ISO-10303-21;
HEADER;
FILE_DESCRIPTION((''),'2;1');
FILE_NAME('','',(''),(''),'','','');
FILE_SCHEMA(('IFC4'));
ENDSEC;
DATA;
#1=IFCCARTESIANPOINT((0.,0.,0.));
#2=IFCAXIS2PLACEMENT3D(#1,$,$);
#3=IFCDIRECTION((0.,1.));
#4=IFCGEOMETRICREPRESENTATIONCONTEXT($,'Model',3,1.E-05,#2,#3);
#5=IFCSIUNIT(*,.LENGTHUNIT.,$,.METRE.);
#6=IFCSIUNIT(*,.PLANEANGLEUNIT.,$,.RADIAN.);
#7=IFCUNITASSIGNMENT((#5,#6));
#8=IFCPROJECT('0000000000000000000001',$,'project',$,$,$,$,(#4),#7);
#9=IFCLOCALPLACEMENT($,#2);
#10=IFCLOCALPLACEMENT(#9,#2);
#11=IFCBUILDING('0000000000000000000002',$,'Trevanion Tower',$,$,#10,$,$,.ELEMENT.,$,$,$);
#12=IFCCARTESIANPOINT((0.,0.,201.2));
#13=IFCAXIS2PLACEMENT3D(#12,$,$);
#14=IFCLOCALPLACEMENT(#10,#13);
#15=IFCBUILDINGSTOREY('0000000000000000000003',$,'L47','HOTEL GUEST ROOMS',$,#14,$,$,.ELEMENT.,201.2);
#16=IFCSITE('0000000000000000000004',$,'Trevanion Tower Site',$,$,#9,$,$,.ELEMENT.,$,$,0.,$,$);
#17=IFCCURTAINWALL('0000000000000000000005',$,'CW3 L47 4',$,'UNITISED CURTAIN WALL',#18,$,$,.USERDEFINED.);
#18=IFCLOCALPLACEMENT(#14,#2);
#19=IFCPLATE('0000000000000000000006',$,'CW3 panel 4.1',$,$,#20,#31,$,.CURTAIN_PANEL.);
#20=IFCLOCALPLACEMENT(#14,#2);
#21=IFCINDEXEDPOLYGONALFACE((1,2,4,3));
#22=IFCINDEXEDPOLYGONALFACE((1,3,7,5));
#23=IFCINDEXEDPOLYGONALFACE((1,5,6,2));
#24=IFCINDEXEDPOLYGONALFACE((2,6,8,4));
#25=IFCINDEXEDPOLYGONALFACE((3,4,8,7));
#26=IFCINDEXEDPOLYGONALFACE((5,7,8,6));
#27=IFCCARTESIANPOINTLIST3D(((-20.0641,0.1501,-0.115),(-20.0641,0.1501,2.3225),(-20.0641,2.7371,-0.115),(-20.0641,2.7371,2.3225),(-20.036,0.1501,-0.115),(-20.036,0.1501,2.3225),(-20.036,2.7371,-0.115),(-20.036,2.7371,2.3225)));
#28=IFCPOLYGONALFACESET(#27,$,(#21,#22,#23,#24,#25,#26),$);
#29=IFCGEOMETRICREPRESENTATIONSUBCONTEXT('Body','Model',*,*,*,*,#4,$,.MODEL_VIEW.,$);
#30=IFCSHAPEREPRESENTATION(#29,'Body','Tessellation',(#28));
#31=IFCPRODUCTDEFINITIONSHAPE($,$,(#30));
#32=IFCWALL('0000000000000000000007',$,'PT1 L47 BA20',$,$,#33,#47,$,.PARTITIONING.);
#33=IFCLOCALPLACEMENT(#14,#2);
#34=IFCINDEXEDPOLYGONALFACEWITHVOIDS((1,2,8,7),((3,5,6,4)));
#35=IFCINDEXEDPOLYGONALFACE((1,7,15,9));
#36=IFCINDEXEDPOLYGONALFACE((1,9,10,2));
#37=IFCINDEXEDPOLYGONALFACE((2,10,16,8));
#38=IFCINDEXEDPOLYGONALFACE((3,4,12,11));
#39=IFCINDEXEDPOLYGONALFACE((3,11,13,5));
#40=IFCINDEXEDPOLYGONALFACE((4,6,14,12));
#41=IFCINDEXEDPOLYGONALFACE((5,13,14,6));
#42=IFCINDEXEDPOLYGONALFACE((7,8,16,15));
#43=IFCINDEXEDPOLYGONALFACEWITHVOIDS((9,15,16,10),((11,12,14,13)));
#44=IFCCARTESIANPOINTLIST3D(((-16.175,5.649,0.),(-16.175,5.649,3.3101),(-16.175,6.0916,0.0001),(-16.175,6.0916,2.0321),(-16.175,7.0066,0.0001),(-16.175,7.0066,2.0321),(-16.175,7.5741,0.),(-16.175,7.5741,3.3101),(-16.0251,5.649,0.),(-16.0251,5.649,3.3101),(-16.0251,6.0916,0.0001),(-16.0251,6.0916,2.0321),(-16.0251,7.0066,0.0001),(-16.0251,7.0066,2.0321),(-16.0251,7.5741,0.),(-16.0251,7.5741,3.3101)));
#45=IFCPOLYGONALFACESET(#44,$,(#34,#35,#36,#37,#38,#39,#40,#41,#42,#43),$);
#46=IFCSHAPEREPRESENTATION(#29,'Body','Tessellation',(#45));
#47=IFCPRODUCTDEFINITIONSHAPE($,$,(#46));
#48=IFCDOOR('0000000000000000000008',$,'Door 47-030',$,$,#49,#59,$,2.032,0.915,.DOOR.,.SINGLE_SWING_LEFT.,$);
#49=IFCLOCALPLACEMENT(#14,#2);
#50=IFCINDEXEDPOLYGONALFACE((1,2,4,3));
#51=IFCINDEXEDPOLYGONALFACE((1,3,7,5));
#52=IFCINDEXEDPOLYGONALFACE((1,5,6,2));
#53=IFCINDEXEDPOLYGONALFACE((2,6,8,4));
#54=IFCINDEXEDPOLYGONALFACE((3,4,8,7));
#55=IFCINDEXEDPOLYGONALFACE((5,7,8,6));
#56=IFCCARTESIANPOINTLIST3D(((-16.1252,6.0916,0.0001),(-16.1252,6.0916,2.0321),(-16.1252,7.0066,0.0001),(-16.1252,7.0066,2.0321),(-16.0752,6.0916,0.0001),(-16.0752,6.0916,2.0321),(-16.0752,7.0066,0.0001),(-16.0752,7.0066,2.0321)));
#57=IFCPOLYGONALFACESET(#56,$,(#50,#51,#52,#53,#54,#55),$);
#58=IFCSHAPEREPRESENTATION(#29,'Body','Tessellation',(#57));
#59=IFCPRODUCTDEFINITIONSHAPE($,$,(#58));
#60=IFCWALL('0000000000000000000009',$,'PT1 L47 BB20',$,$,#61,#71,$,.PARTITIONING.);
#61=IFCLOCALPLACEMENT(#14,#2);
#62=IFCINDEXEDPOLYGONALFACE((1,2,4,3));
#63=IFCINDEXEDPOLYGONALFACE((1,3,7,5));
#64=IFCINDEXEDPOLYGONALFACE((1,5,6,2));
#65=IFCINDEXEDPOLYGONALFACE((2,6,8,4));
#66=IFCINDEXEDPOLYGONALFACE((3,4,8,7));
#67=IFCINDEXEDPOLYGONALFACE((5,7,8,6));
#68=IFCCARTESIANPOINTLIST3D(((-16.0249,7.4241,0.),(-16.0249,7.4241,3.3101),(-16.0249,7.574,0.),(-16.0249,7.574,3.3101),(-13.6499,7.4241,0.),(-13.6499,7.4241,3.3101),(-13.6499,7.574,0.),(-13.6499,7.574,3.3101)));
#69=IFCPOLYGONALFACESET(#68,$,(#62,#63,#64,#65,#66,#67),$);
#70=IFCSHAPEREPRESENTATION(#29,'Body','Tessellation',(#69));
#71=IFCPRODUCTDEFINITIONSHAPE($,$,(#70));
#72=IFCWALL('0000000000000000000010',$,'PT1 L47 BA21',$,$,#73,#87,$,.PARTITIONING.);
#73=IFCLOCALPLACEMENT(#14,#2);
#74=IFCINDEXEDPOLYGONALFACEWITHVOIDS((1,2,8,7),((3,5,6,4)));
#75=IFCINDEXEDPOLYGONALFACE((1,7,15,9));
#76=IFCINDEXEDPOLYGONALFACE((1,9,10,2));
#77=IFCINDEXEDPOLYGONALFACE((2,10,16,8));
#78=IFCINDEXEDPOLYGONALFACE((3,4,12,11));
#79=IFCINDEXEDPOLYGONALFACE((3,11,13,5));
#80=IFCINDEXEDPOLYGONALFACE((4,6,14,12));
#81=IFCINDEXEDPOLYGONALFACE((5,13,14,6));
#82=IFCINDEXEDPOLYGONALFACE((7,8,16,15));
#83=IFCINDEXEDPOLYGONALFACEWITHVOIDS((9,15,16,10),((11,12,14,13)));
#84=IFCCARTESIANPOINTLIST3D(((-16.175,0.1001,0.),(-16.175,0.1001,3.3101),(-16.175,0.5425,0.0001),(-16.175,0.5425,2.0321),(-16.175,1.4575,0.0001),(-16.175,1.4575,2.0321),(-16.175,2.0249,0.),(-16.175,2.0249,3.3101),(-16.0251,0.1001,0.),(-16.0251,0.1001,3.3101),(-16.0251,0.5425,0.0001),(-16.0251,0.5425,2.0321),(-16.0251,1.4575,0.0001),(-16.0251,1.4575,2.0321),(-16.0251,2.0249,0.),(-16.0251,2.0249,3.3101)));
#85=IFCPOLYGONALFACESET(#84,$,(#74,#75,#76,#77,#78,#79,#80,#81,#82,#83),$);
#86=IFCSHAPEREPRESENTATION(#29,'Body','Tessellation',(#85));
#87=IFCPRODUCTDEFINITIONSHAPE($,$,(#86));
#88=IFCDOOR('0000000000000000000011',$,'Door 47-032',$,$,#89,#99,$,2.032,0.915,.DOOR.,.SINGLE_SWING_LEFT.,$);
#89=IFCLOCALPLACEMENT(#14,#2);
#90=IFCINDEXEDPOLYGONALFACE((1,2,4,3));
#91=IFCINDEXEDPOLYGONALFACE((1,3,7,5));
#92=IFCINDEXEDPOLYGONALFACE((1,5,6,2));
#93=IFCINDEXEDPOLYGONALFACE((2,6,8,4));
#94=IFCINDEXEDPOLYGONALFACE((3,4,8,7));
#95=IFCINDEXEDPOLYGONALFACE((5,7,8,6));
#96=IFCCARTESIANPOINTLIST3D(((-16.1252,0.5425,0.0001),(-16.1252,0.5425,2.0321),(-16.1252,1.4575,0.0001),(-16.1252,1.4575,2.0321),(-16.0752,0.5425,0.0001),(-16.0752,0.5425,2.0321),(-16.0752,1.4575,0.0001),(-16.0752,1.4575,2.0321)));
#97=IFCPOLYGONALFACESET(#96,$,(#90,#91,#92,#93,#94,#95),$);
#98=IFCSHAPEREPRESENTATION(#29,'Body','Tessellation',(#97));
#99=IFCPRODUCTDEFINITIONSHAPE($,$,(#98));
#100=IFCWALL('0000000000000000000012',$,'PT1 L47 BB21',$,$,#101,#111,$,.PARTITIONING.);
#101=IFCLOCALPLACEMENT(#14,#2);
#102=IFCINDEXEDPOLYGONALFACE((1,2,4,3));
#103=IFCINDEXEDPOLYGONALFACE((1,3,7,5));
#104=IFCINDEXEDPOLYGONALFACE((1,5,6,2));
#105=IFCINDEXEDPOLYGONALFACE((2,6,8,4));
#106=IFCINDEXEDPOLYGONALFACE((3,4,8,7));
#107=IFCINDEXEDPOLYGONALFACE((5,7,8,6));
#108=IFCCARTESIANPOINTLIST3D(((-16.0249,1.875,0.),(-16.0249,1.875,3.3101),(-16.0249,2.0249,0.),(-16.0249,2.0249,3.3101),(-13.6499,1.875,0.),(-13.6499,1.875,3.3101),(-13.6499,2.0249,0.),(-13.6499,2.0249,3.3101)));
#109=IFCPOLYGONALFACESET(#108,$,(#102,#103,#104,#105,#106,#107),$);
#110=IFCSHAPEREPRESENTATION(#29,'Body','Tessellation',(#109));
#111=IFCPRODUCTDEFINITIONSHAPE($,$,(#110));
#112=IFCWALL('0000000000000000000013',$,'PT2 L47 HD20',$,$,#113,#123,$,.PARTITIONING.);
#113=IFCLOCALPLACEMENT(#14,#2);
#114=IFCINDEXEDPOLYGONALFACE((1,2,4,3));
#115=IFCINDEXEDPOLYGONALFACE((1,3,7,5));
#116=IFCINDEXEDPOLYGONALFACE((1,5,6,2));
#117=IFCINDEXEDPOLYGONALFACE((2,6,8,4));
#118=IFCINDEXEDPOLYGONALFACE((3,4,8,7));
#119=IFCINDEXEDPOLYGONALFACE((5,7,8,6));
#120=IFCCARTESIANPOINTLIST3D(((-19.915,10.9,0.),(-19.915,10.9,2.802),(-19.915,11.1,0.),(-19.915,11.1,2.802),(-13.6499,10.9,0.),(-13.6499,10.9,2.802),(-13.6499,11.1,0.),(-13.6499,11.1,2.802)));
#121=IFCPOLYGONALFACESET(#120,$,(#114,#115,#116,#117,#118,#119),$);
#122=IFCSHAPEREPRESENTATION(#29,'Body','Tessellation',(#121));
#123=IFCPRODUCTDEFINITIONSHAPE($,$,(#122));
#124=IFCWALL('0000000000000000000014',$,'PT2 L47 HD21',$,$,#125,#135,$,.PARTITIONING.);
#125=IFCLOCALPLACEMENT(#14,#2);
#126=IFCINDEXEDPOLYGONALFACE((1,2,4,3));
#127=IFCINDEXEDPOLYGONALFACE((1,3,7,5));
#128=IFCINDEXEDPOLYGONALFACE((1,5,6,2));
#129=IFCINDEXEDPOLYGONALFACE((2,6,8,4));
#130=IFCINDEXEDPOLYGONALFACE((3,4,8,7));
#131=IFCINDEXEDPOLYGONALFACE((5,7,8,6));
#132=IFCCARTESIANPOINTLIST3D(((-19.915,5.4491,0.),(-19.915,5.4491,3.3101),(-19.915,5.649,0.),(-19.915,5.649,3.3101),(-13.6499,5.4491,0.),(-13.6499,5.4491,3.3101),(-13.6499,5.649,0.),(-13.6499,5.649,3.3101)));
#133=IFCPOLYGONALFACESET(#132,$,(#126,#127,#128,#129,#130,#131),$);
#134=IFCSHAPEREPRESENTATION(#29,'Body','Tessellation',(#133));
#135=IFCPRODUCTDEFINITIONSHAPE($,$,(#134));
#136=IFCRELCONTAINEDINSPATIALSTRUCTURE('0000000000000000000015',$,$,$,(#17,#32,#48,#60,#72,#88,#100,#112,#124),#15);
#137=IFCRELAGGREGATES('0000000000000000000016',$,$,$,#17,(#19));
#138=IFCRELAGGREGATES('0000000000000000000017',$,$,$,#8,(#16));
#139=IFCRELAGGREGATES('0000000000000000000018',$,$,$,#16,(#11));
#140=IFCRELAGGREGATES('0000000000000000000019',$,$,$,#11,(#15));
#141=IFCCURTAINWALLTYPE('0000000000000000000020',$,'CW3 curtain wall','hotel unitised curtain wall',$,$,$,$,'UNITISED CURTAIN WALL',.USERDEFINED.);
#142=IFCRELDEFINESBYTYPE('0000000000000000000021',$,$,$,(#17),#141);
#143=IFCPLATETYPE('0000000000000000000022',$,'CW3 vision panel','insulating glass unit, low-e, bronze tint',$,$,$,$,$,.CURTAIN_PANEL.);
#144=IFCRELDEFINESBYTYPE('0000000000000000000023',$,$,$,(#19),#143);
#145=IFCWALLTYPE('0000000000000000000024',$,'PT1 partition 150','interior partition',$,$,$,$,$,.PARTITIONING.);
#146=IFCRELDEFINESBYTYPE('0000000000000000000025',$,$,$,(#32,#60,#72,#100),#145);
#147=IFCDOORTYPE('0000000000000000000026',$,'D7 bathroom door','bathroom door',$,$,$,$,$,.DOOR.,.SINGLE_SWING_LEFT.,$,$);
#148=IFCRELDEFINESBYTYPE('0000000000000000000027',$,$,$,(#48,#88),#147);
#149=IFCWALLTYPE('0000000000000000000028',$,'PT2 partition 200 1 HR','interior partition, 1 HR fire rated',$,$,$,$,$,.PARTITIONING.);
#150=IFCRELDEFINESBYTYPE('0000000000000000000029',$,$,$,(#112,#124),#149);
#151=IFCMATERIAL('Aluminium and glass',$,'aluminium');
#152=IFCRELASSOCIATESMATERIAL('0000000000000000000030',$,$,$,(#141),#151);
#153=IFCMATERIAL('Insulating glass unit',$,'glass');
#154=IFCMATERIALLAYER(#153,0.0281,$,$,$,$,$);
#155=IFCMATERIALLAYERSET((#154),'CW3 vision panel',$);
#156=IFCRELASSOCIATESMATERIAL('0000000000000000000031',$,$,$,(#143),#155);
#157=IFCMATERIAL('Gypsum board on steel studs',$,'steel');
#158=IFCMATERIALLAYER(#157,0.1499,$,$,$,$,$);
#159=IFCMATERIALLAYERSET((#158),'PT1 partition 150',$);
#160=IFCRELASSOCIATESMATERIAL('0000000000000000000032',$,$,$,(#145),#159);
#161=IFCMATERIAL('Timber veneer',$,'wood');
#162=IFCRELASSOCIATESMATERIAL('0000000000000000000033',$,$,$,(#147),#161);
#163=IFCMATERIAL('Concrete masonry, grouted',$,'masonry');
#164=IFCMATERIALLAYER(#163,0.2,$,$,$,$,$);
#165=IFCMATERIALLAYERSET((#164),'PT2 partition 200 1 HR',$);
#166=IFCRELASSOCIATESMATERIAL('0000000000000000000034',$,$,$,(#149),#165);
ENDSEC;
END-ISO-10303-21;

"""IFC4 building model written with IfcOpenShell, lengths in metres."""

from ifc_helpers import new_model, si_unit, direction, frame, frame_2d, origin, origin_2d, place, context, subcontext, project, spatial, rectangle, extrude, material, layer, layer_set, type_object, element, fill, aggregate, save


model = new_model("IFC4")

# Units and contexts
model_context = context("Model", 3, precision=1e-05, world=origin(), true_north=direction((0.0, 1.0)))
body_context = subcontext(model_context, "Body", "Model", "MODEL_VIEW")
ifc_project = project(units=[si_unit("LENGTHUNIT", "METRE"), si_unit("PLANEANGLEUNIT", "RADIAN")], contexts=[model_context])

# Site, building, storey
site_placement = place(None, origin())
site = spatial("IfcSite", under=ifc_project, at=site_placement, Name="Trevanion Tower Site", CompositionType="ELEMENT", RefElevation=0.0)
building_placement = place(site_placement, origin())
building = spatial("IfcBuilding", under=site, at=building_placement, Name="Trevanion Tower", CompositionType="ELEMENT")
storey_placement = place(building_placement, frame((0.0, 0.0, 201.2)))
storey = spatial("IfcBuildingStorey", under=building, at=storey_placement, Name="L47", Description="HOTEL GUEST ROOMS", CompositionType="ELEMENT", Elevation=201.2)

# Curtain wall
ifc_material_1 = material(Name="Aluminium and glass", Category="aluminium")
curtain_wall_type = type_object("IfcCurtainWallType", Name="CW3 curtain wall", Description="hotel unitised curtain wall", ElementType="UNITISED CURTAIN WALL", PredefinedType="USERDEFINED", material=ifc_material_1)
curtain_wall_placement = place(storey_placement, origin())
curtain_wall = element("IfcCurtainWall", 1, at=curtain_wall_placement, inside=storey, type_object=curtain_wall_type, Name="CW3 L47 4", ObjectType="UNITISED CURTAIN WALL", PredefinedType="USERDEFINED")

# Plate
ifc_material_2 = material(Name="Insulating glass unit", Category="glass")
ifc_layer_1 = layer(ifc_material_2, 0.0281)
ifc_layer_set_1 = layer_set([ifc_layer_1], Name="CW3 vision panel")
plate_type_1 = type_object("IfcPlateType", Name="CW3 vision panel", Description="insulating glass unit, low-e, bronze tint", PredefinedType="CURTAIN_PANEL", material=ifc_layer_set_1)
plate_1_placement = place(storey_placement, frame((-20.05, 1.4436, -0.115), z_axis=(0.0, 0.0, 1.0), x_axis=(0.0, -1.0, 0.0)))
plate_1 = element("IfcPlate", 2, at=plate_1_placement, type_object=plate_type_1, Name="CW3 panel 4.1", PredefinedType="CURTAIN_PANEL", context=body_context, shape_type="SweptSolid", body=[
    extrude(rectangle(XDim=2.5869, YDim=0.0281, at=origin_2d()), origin(), (0.0, 0.0, 1.0), 2.4375),
])
aggregate(curtain_wall, [plate_1])

# Wall, opening, door
ifc_material_3 = material(Name="Gypsum board on steel studs", Category="steel")
ifc_layer_2 = layer(ifc_material_3, 0.1499)
ifc_layer_set_2 = layer_set([ifc_layer_2], Name="PT1 partition 150")
wall_type_1 = type_object("IfcWallType", Name="PT1 partition 150", Description="interior partition", PredefinedType="PARTITIONING", material=ifc_layer_set_2)
wall_1_placement = place(storey_placement, frame((-16.1001, 7.574, 0.0), z_axis=(0.0, 0.0, 1.0), x_axis=(0.0, -1.0, 0.0)))
wall_1 = element("IfcWall", 3, at=wall_1_placement, inside=storey, type_object=wall_type_1, Name="PT1 L47 BA20", PredefinedType="PARTITIONING", context=body_context, shape_type="SweptSolid", body=[
    extrude(rectangle(XDim=1.925, YDim=0.1499, at=frame_2d((0.9624, 0.0))), origin(), (0.0, 0.0, 1.0), 3.3101),
])
opening_1_placement = place(wall_1_placement, frame((0.5674, 0.0, 0.0)))
opening_1 = element("IfcOpeningElement", 4, at=opening_1_placement, cuts=wall_1, PredefinedType="OPENING", context=body_context, shape_type="SweptSolid", body=[
    extrude(rectangle(XDim=0.915, YDim=2.032, at=frame_2d((0.4575, 1.0161))), frame((0.0, 0.085, 0.0), z_axis=(0.0, -1.0, 0.0), x_axis=(1.0, 0.0, 0.0)), (0.0, 0.0, 1.0), 0.1699),
])
ifc_material_4 = material(Name="Timber veneer", Category="wood")
door_type = type_object("IfcDoorType", Name="D7 bathroom door", Description="bathroom door", OperationType="SINGLE_SWING_LEFT", PredefinedType="DOOR", material=ifc_material_4)
door_1_placement = place(opening_1_placement, origin())
door_1 = element("IfcDoor", 5, at=door_1_placement, inside=storey, type_object=door_type, Name="Door 47-030", OperationType="SINGLE_SWING_LEFT", OverallHeight=2.032, OverallWidth=0.915, PredefinedType="DOOR", context=body_context, shape_type="SweptSolid", body=[
    extrude(rectangle(XDim=0.915, YDim=2.032, at=frame_2d((0.4575, 1.0161))), frame((0.0, 0.0249, 0.0), z_axis=(0.0, -1.0, 0.0), x_axis=(1.0, 0.0, 0.0)), (0.0, 0.0, 1.0), 0.05),
])
fill(opening_1, door_1)

# Wall
wall_2_placement = place(storey_placement, frame((-13.6499, 7.499, 0.0), z_axis=(0.0, 0.0, 1.0), x_axis=(-1.0, 0.0, 0.0)))
element("IfcWall", 6, at=wall_2_placement, inside=storey, type_object=wall_type_1, Name="PT1 L47 BB20", PredefinedType="PARTITIONING", context=body_context, shape_type="SweptSolid", body=[
    extrude(rectangle(XDim=2.375, YDim=0.1499, at=frame_2d((1.1875, 0.0))), origin(), (0.0, 0.0, 1.0), 3.3101),
])

# Wall, opening, door
wall_3_placement = place(storey_placement, frame((-16.1001, 2.0249, 0.0), z_axis=(0.0, 0.0, 1.0), x_axis=(0.0, -1.0, 0.0)))
wall_3 = element("IfcWall", 7, at=wall_3_placement, inside=storey, type_object=wall_type_1, Name="PT1 L47 BA21", PredefinedType="PARTITIONING", context=body_context, shape_type="SweptSolid", body=[
    extrude(rectangle(XDim=1.9248, YDim=0.1499, at=frame_2d((0.9624, 0.0))), origin(), (0.0, 0.0, 1.0), 3.3101),
])
opening_2_placement = place(wall_3_placement, frame((0.5674, 0.0, 0.0)))
opening_2 = element("IfcOpeningElement", 8, at=opening_2_placement, cuts=wall_3, PredefinedType="OPENING", context=body_context, shape_type="SweptSolid", body=[
    extrude(rectangle(XDim=0.915, YDim=2.032, at=frame_2d((0.4575, 1.0161))), frame((0.0, 0.085, 0.0), z_axis=(0.0, -1.0, 0.0), x_axis=(1.0, 0.0, 0.0)), (0.0, 0.0, 1.0), 0.1699),
])
door_2_placement = place(opening_2_placement, origin())
door_2 = element("IfcDoor", 9, at=door_2_placement, inside=storey, type_object=door_type, Name="Door 47-032", OperationType="SINGLE_SWING_LEFT", OverallHeight=2.032, OverallWidth=0.915, PredefinedType="DOOR", context=body_context, shape_type="SweptSolid", body=[
    extrude(rectangle(XDim=0.915, YDim=2.032, at=frame_2d((0.4575, 1.0161))), frame((0.0, 0.0249, 0.0), z_axis=(0.0, -1.0, 0.0), x_axis=(1.0, 0.0, 0.0)), (0.0, 0.0, 1.0), 0.05),
])
fill(opening_2, door_2)

# Walls
wall_4_placement = place(storey_placement, frame((-13.6499, 1.95, 0.0), z_axis=(0.0, 0.0, 1.0), x_axis=(-1.0, 0.0, 0.0)))
element("IfcWall", 10, at=wall_4_placement, inside=storey, type_object=wall_type_1, Name="PT1 L47 BB21", PredefinedType="PARTITIONING", context=body_context, shape_type="SweptSolid", body=[
    extrude(rectangle(XDim=2.375, YDim=0.1499, at=frame_2d((1.1875, 0.0))), origin(), (0.0, 0.0, 1.0), 3.3101),
])
ifc_material_5 = material(Name="Concrete masonry, grouted", Category="masonry")
ifc_layer_3 = layer(ifc_material_5, 0.2)
ifc_layer_set_3 = layer_set([ifc_layer_3], Name="PT2 partition 200 1 HR")
wall_type_2 = type_object("IfcWallType", Name="PT2 partition 200 1 HR", Description="interior partition, 1 HR fire rated", PredefinedType="PARTITIONING", material=ifc_layer_set_3)
wall_5_placement = place(storey_placement, frame((-13.6499, 11.0, 0.0), z_axis=(0.0, 0.0, 1.0), x_axis=(-1.0, 0.0, 0.0)))
element("IfcWall", 11, at=wall_5_placement, inside=storey, type_object=wall_type_2, Name="PT2 L47 HD20", PredefinedType="PARTITIONING", context=body_context, shape_type="SweptSolid", body=[
    extrude(rectangle(XDim=6.2651, YDim=0.2, at=frame_2d((3.1326, 0.0))), origin(), (0.0, 0.0, 1.0), 2.802),
])
wall_6_placement = place(storey_placement, frame((-13.6499, 5.5491, 0.0), z_axis=(0.0, 0.0, 1.0), x_axis=(-1.0, 0.0, 0.0)))
element("IfcWall", 12, at=wall_6_placement, inside=storey, type_object=wall_type_2, Name="PT2 L47 HD21", PredefinedType="PARTITIONING", context=body_context, shape_type="SweptSolid", body=[
    extrude(rectangle(XDim=6.2651, YDim=0.2, at=frame_2d((3.1326, 0.0))), origin(), (0.0, 0.0, 1.0), 3.3101),
])

save(model, "model.ifc")
